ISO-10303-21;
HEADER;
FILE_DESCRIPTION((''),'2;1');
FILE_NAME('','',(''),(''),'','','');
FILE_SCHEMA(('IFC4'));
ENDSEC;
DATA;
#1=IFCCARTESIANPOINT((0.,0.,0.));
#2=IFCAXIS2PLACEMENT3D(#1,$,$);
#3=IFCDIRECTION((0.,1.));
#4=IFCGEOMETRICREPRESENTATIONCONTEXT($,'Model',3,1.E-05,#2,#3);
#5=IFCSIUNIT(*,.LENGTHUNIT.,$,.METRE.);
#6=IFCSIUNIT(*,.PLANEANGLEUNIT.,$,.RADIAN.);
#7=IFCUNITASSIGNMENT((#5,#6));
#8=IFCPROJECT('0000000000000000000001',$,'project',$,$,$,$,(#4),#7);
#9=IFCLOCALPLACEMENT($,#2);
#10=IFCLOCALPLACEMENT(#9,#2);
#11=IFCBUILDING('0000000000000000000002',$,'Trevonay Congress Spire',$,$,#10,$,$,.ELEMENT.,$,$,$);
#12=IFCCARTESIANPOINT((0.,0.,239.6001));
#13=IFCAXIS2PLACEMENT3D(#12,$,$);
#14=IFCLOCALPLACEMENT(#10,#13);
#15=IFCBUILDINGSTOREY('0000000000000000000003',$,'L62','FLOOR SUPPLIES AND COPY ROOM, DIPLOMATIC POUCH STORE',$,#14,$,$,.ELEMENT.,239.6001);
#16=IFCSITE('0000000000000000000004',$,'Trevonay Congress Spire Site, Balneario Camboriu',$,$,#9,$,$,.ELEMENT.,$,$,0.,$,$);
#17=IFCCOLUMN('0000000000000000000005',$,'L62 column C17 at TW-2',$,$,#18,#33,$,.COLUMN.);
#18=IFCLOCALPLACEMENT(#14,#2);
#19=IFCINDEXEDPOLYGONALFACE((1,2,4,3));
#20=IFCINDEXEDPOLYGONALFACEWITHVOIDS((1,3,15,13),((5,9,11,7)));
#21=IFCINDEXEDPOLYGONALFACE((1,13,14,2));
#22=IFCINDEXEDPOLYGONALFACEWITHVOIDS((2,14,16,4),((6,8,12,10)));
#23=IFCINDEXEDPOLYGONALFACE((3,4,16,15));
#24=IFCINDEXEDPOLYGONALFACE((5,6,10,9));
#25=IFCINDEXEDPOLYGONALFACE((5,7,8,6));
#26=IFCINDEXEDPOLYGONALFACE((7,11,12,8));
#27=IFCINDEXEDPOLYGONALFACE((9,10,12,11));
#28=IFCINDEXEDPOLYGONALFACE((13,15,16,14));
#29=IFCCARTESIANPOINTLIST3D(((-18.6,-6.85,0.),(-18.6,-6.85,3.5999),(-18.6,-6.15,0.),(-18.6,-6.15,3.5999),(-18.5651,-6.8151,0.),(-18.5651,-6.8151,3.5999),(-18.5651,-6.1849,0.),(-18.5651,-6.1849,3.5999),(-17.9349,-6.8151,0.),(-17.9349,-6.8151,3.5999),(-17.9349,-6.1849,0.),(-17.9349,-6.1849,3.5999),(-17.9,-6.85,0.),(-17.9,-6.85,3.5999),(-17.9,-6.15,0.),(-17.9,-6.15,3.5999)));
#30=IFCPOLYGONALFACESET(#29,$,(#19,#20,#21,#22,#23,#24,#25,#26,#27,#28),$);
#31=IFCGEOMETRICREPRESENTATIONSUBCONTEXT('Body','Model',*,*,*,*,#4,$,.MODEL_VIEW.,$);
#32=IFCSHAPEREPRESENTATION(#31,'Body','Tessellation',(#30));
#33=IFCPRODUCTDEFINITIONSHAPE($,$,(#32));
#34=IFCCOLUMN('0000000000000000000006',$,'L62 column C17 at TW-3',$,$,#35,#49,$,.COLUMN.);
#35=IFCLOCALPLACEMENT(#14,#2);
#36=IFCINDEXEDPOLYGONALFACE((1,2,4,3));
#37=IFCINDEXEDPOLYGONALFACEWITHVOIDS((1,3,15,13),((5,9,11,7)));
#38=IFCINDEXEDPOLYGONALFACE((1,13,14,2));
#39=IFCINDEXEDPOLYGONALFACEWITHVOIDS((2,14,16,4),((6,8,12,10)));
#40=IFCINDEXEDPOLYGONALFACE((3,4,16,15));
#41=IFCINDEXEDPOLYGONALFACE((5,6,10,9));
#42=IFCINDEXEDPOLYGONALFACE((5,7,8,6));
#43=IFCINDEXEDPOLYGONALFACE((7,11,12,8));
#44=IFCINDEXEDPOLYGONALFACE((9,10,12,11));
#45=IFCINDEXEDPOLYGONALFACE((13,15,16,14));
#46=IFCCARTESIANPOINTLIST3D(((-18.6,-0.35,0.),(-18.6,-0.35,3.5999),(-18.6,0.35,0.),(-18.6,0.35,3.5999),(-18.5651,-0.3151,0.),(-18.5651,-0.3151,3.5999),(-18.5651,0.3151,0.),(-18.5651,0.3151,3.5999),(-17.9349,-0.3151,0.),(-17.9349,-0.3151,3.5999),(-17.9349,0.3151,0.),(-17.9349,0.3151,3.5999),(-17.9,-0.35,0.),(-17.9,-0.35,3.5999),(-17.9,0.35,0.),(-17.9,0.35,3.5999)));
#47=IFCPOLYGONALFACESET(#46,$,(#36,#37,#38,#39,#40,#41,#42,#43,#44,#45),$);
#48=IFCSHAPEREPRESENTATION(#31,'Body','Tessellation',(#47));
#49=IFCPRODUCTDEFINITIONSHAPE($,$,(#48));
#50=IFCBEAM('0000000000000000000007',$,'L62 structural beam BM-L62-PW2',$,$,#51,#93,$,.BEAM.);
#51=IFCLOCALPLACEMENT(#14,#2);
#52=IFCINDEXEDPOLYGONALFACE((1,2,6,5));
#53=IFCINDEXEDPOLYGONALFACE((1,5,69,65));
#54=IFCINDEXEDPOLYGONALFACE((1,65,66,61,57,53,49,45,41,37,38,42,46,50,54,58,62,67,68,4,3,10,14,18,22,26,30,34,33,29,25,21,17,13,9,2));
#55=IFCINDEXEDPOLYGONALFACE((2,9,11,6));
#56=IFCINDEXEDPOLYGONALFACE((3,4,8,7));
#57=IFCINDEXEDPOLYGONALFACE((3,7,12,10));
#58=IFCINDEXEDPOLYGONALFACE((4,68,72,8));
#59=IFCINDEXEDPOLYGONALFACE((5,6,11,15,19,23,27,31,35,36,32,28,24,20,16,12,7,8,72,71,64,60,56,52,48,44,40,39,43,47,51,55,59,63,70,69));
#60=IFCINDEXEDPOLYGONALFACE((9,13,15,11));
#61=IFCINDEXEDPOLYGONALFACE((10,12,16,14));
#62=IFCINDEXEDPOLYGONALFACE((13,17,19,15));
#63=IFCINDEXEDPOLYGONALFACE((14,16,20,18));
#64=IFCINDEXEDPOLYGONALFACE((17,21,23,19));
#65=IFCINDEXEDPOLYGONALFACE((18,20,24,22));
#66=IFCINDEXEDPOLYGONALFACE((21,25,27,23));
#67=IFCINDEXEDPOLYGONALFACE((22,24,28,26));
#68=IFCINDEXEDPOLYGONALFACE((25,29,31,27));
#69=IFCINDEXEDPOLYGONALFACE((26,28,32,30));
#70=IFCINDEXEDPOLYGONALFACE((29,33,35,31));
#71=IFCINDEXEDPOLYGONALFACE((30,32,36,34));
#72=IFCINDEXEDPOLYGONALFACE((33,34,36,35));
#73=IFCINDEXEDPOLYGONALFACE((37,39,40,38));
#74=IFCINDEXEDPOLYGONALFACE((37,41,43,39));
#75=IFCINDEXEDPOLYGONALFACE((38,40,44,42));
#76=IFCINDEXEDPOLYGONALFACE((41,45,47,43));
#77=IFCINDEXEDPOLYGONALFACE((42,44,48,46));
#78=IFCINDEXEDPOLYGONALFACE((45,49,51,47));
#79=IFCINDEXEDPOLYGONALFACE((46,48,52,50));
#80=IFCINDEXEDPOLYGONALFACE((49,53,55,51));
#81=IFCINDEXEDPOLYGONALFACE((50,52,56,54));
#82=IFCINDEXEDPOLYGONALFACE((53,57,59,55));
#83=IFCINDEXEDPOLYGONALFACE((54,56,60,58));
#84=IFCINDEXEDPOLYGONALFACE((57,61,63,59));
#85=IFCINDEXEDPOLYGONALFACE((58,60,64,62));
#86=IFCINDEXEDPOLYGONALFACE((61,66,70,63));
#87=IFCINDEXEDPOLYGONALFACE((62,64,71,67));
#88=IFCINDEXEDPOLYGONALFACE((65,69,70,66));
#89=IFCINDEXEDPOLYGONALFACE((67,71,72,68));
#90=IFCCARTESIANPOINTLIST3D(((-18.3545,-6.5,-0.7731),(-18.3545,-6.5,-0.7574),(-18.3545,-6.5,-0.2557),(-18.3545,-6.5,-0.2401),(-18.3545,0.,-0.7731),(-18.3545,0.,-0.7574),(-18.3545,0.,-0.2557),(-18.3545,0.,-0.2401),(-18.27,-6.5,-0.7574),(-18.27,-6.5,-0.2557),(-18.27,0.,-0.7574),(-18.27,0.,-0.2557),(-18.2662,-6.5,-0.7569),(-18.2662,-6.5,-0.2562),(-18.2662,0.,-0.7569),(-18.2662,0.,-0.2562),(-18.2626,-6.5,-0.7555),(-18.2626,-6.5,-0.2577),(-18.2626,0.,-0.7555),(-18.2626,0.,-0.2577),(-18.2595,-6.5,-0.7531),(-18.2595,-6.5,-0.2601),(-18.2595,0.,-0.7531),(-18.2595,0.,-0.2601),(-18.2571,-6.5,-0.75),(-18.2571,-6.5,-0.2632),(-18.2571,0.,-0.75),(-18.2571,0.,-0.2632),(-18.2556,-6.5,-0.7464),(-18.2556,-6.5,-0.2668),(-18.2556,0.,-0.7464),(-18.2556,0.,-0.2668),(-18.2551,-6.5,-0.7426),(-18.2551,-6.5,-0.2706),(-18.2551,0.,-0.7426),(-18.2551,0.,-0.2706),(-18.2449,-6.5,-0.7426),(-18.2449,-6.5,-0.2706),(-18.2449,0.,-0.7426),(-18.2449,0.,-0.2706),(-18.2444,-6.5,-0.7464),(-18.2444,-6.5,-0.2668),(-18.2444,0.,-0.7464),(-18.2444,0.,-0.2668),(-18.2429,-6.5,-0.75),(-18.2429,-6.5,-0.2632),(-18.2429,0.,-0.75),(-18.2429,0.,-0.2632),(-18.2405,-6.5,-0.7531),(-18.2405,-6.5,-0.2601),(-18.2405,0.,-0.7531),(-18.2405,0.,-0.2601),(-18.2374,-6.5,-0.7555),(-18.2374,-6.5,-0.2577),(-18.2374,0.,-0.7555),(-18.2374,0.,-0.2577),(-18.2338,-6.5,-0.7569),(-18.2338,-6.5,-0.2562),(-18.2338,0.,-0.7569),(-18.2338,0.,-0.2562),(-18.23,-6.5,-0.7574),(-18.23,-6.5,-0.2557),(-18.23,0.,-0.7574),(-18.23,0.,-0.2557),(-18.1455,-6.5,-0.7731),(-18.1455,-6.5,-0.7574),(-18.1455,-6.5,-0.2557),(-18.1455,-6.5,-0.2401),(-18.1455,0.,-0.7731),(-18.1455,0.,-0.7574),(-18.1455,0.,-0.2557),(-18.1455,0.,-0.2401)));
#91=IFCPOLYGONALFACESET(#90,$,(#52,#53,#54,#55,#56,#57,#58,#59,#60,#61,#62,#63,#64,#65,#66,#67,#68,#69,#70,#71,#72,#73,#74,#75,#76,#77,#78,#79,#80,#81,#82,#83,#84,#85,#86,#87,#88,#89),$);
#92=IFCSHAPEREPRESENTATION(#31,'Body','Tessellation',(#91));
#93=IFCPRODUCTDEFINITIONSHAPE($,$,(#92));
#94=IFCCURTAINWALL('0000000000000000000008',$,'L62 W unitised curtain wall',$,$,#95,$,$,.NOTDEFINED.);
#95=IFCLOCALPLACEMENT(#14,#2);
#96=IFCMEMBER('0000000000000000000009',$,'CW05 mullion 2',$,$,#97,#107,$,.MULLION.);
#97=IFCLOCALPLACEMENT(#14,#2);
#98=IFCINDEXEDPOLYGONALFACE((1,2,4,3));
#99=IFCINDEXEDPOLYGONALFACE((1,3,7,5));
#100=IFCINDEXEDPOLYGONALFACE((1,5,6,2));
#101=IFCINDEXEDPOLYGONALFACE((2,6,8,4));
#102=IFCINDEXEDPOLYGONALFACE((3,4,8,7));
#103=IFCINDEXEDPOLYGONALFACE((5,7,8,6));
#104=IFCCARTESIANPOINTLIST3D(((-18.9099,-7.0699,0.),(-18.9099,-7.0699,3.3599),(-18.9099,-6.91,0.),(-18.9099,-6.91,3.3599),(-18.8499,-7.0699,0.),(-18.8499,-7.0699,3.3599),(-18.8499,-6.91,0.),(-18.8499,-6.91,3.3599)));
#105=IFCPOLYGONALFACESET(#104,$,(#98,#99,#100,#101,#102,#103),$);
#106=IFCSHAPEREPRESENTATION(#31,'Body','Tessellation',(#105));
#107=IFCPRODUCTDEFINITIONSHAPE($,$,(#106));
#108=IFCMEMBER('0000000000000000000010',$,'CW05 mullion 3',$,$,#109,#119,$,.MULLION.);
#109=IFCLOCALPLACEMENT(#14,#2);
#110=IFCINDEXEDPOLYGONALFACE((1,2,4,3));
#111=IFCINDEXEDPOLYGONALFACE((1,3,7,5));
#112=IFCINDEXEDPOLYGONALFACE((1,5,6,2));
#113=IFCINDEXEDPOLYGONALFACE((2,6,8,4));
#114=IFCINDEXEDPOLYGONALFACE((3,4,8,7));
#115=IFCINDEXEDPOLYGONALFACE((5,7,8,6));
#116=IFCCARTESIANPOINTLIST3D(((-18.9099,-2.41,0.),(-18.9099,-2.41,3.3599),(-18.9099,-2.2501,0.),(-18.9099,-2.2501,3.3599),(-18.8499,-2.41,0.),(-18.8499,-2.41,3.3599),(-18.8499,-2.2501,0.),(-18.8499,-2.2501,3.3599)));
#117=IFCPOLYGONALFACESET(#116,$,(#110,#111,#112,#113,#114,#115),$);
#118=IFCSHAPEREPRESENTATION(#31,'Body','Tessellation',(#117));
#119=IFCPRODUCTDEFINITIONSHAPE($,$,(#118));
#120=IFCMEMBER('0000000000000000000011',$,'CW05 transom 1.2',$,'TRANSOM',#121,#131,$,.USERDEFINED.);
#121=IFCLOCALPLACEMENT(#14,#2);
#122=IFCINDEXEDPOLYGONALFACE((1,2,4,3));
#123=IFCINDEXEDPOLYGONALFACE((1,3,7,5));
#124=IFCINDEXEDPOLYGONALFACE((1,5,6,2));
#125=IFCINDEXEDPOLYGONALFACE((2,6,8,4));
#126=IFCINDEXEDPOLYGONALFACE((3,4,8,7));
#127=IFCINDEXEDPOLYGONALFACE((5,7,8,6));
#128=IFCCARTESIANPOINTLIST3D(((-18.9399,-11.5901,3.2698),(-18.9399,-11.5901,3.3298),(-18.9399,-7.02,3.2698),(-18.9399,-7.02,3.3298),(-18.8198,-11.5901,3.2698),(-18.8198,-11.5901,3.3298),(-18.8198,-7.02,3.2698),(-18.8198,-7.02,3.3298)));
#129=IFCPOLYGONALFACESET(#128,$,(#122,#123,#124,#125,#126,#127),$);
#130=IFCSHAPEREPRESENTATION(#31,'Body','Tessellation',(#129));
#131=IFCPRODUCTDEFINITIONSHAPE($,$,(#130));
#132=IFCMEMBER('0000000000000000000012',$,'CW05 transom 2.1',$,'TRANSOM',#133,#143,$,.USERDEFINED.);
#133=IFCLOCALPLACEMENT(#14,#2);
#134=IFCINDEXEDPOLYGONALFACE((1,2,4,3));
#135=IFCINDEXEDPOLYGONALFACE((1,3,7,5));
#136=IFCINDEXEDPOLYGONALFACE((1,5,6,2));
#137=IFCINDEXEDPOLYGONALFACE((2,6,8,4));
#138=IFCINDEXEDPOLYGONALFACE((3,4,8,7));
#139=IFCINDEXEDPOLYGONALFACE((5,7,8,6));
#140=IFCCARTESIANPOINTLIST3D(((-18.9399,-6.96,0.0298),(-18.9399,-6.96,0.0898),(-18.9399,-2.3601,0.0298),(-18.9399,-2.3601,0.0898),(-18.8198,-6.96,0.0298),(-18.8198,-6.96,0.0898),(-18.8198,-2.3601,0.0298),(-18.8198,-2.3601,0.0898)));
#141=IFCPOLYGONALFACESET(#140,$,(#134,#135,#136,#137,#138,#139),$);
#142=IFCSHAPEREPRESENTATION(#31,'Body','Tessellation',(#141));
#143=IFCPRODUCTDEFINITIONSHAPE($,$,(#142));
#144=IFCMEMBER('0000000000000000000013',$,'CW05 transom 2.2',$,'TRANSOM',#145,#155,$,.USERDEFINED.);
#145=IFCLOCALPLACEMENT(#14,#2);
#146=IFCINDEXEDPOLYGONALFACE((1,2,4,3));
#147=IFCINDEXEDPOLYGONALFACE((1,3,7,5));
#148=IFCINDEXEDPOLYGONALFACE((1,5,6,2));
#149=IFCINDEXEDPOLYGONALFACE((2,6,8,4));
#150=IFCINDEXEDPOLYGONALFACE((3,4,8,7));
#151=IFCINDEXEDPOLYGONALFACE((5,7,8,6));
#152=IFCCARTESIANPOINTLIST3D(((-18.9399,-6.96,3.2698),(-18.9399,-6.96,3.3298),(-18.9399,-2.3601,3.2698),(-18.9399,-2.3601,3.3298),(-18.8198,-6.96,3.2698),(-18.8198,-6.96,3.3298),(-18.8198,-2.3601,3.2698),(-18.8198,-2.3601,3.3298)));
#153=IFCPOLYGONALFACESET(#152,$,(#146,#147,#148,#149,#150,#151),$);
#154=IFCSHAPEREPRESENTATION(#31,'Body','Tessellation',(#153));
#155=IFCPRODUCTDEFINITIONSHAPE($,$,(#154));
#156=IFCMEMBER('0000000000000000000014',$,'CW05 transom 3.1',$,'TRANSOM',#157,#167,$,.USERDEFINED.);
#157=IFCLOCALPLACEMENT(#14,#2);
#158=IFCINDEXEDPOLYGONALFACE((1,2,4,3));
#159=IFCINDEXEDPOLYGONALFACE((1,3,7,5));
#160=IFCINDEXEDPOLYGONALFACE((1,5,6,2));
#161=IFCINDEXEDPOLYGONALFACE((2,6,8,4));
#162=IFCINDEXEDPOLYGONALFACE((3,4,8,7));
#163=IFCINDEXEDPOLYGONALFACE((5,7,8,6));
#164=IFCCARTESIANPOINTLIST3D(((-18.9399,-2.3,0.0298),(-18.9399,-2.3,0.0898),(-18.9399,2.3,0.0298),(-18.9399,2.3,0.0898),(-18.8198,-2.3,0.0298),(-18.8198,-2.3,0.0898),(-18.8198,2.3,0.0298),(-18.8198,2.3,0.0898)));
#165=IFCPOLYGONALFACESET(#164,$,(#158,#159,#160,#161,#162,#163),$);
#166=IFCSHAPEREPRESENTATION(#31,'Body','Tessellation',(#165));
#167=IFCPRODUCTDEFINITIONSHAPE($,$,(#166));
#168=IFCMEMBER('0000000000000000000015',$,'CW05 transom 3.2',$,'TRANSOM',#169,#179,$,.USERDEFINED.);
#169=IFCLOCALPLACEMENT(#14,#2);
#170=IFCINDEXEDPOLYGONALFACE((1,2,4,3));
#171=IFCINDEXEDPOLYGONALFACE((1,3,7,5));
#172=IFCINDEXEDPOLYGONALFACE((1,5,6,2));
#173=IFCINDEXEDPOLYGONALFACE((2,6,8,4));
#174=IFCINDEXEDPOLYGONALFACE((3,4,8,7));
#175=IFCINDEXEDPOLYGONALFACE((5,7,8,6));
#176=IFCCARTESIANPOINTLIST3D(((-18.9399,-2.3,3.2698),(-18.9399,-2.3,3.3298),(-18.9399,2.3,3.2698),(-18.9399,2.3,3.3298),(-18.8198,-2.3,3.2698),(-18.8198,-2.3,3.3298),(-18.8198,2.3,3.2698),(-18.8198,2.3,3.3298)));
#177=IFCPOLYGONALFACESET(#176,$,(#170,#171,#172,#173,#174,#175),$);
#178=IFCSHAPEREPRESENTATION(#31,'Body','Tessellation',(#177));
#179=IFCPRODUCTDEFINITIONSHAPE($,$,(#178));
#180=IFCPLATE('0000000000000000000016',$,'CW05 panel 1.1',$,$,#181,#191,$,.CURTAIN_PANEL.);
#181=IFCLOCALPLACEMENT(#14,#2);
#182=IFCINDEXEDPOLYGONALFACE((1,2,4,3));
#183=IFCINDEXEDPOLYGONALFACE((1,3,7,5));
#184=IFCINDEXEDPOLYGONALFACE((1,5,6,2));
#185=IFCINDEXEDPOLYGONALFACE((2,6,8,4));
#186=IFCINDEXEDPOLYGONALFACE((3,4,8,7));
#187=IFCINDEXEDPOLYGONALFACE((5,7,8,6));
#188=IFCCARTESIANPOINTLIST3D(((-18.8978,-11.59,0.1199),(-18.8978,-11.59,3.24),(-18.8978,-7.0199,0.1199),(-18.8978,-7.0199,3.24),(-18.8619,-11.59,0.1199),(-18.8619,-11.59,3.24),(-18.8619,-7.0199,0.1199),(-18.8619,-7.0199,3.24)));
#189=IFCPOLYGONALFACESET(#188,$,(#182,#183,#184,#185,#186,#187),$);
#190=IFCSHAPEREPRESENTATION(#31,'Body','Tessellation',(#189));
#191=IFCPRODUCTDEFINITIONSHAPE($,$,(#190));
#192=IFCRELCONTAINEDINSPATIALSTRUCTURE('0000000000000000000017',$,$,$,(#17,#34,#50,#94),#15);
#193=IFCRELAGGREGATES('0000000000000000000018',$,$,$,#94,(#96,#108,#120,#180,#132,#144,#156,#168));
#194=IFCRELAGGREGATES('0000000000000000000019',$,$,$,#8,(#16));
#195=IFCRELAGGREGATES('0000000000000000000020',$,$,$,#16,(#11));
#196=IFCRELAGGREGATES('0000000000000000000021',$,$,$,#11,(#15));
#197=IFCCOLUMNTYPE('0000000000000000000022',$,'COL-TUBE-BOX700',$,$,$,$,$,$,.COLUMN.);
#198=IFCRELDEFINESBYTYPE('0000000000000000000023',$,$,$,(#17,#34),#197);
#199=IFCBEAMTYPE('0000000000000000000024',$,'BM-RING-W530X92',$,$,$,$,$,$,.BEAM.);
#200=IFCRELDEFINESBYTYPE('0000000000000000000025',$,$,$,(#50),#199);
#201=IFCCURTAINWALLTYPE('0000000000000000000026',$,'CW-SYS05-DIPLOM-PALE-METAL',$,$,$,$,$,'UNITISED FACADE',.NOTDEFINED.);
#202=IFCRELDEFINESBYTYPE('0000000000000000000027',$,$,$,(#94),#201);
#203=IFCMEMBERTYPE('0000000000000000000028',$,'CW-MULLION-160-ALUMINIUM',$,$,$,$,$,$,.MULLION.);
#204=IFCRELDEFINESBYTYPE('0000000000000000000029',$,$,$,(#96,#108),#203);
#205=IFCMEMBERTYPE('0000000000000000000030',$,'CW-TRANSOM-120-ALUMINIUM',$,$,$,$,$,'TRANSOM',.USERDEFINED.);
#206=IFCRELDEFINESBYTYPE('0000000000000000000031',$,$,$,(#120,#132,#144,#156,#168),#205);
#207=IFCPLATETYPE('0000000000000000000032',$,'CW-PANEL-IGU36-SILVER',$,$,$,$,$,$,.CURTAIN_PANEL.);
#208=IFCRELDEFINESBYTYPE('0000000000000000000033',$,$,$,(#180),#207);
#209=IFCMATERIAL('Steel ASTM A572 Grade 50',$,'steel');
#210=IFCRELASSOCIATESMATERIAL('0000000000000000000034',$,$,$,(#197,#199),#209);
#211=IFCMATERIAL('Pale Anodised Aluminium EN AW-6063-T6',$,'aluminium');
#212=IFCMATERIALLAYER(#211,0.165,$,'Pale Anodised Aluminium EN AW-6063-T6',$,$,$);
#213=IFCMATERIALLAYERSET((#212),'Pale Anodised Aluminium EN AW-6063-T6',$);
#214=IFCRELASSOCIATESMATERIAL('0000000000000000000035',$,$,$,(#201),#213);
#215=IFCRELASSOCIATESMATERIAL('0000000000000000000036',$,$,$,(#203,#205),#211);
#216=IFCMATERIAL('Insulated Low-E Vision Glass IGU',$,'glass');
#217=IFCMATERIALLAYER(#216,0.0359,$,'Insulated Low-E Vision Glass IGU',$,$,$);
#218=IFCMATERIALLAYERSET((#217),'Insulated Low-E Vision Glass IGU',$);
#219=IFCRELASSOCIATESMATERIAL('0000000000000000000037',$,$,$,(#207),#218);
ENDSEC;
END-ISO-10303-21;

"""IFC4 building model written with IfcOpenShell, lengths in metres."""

from ifc_helpers import new_model, si_unit, direction, frame, origin, origin_2d, place, context, subcontext, project, spatial, rectangle, hollow_rectangle, i_section, extrude, material, layer, layer_set, material_profile, profile_set, type_object, element, aggregate, save


model = new_model("IFC4")

# Units and contexts
model_context = context("Model", 3, precision=1e-05, world=origin(), true_north=direction((0.0, 1.0)))
body_context = subcontext(model_context, "Body", "Model", "MODEL_VIEW")
ifc_project = project(units=[si_unit("LENGTHUNIT", "METRE"), si_unit("PLANEANGLEUNIT", "RADIAN")], contexts=[model_context])

# Site, building, storey
site_placement = place(None, origin())
site = spatial("IfcSite", under=ifc_project, at=site_placement, Name="Trevonay Congress Spire Site, Balneario Camboriu", CompositionType="ELEMENT", RefElevation=0.0)
building_placement = place(site_placement, origin())
building = spatial("IfcBuilding", under=site, at=building_placement, Name="Trevonay Congress Spire", CompositionType="ELEMENT")
storey_placement = place(building_placement, frame((0.0, 0.0, 239.6001)))
storey = spatial("IfcBuildingStorey", under=building, at=storey_placement, Name="L62", Description="FLOOR SUPPLIES AND COPY ROOM, DIPLOMATIC POUCH STORE", CompositionType="ELEMENT", Elevation=239.6001)

# Columns
ifc_material_1 = material(Name="Steel ASTM A572 Grade 50", Category="steel")
ifc_material_profile_1 = material_profile(ifc_material_1, hollow_rectangle(XDim=0.7, YDim=0.7, WallThickness=0.0349, at=origin_2d()), Name="BOX 700x700x35")
ifc_profile_set_1 = profile_set([ifc_material_profile_1], Name="Steel ASTM A572 Grade 50")
column_type = type_object("IfcColumnType", Name="COL-TUBE-BOX700", PredefinedType="COLUMN", material=ifc_profile_set_1)
for number, where, z_axis, x_axis, name in (
    (1, (-18.25, -6.5, 0.0), (0.0, 0.0, 1.0), (1.0, 0.0, 0.0), "L62 column C17 at TW-2"),
    (2, (-18.25, 0.0, 0.0), (0.0, 0.0, 1.0), (1.0, 0.0, 0.0), "L62 column C17 at TW-3"),
):
    element("IfcColumn", number, at=place(storey_placement, frame(where, z_axis=z_axis, x_axis=x_axis)), inside=storey, type_object=column_type, Name=name, PredefinedType="COLUMN", context=body_context, shape_type="SweptSolid", body=[
        extrude(hollow_rectangle(XDim=0.7, YDim=0.7, WallThickness=0.0349, at=origin_2d()), origin(), (0.0, 0.0, 1.0), 3.5999),
    ])

# Beam
ifc_material_profile_2 = material_profile(ifc_material_1, i_section(OverallWidth=0.209, OverallDepth=0.533, WebThickness=0.0103, FlangeThickness=0.0156, FilletRadius=0.0149, at=origin_2d()), Name="W530x92")
ifc_profile_set_2 = profile_set([ifc_material_profile_2], Name="Steel ASTM A572 Grade 50")
beam_type = type_object("IfcBeamType", Name="BM-RING-W530X92", PredefinedType="BEAM", material=ifc_profile_set_2)
beam_placement = place(storey_placement, frame((-18.25, -6.5, -0.5066), z_axis=(0.0, 1.0, 0.0), x_axis=(-1.0, 0.0, 0.0)))
element("IfcBeam", 3, at=beam_placement, inside=storey, type_object=beam_type, Name="L62 structural beam BM-L62-PW2", PredefinedType="BEAM", context=body_context, shape_type="SweptSolid", body=[
    extrude(i_section(OverallWidth=0.209, OverallDepth=0.533, WebThickness=0.0103, FlangeThickness=0.0156, FilletRadius=0.0149, at=origin_2d()), origin(), (0.0, 0.0, 1.0), 6.5),
])

# Curtain wall, members, plate
ifc_material_2 = material(Name="Pale Anodised Aluminium EN AW-6063-T6", Category="aluminium")
ifc_layer_1 = layer(ifc_material_2, 0.165, Name="Pale Anodised Aluminium EN AW-6063-T6")
ifc_layer_set_1 = layer_set([ifc_layer_1], Name="Pale Anodised Aluminium EN AW-6063-T6")
curtain_wall_type = type_object("IfcCurtainWallType", Name="CW-SYS05-DIPLOM-PALE-METAL", ElementType="UNITISED FACADE", PredefinedType="NOTDEFINED", material=ifc_layer_set_1)
curtain_wall_placement = place(storey_placement, origin())
curtain_wall = element("IfcCurtainWall", 4, at=curtain_wall_placement, inside=storey, type_object=curtain_wall_type, Name="L62 W unitised curtain wall", PredefinedType="NOTDEFINED")
ifc_material_profile_3 = material_profile(ifc_material_2, rectangle(XDim=0.0601, YDim=0.1599, at=origin_2d()), Name="CW-MULLION-160-ALUMINIUM")
ifc_profile_set_3 = profile_set([ifc_material_profile_3], Name="Pale Anodised Aluminium EN AW-6063-T6")
member_type_1 = type_object("IfcMemberType", Name="CW-MULLION-160-ALUMINIUM", PredefinedType="MULLION", material=ifc_profile_set_3)
member_1_placement = place(storey_placement, frame((-18.8799, -6.99, 0.0), z_axis=(0.0, 0.0, 1.0), x_axis=(-1.0, 0.0, 0.0)))
member_1 = element("IfcMember", 5, at=member_1_placement, type_object=member_type_1, Name="CW05 mullion 2", PredefinedType="MULLION", context=body_context, shape_type="SweptSolid", body=[
    extrude(rectangle(XDim=0.0601, YDim=0.1599, at=origin_2d()), origin(), (0.0, 0.0, 1.0), 3.3599),
])
member_2_placement = place(storey_placement, frame((-18.8799, -2.3301, 0.0), z_axis=(0.0, 0.0, 1.0), x_axis=(-1.0, 0.0, 0.0)))
member_2 = element("IfcMember", 6, at=member_2_placement, type_object=member_type_1, Name="CW05 mullion 3", PredefinedType="MULLION", context=body_context, shape_type="SweptSolid", body=[
    extrude(rectangle(XDim=0.0601, YDim=0.1599, at=origin_2d()), origin(), (0.0, 0.0, 1.0), 3.3599),
])
ifc_material_profile_4 = material_profile(ifc_material_2, rectangle(XDim=0.1201, YDim=0.0601, at=origin_2d()), Name="CW-TRANSOM-120-ALUMINIUM")
ifc_profile_set_4 = profile_set([ifc_material_profile_4], Name="Pale Anodised Aluminium EN AW-6063-T6")
member_type_2 = type_object("IfcMemberType", Name="CW-TRANSOM-120-ALUMINIUM", ElementType="TRANSOM", PredefinedType="USERDEFINED", material=ifc_profile_set_4)
member_3_placement = place(storey_placement, frame((-18.8799, -11.5901, 3.2998), z_axis=(0.0, 1.0, 0.0), x_axis=(-1.0, 0.0, 0.0)))
member_3 = element("IfcMember", 7, at=member_3_placement, type_object=member_type_2, Name="CW05 transom 1.2", ObjectType="TRANSOM", PredefinedType="USERDEFINED", context=body_context, shape_type="SweptSolid", body=[
    extrude(rectangle(XDim=0.1201, YDim=0.0601, at=origin_2d()), origin(), (0.0, 0.0, 1.0), 4.5701),
])
member_4_placement = place(storey_placement, frame((-18.8799, -6.96, 0.0598), z_axis=(0.0, 1.0, 0.0), x_axis=(-1.0, 0.0, 0.0)))
member_4 = element("IfcMember", 8, at=member_4_placement, type_object=member_type_2, Name="CW05 transom 2.1", ObjectType="TRANSOM", PredefinedType="USERDEFINED", context=body_context, shape_type="SweptSolid", body=[
    extrude(rectangle(XDim=0.1201, YDim=0.0601, at=origin_2d()), origin(), (0.0, 0.0, 1.0), 4.5999),
])
member_5_placement = place(storey_placement, frame((-18.8799, -6.96, 3.2998), z_axis=(0.0, 1.0, 0.0), x_axis=(-1.0, 0.0, 0.0)))
member_5 = element("IfcMember", 9, at=member_5_placement, type_object=member_type_2, Name="CW05 transom 2.2", ObjectType="TRANSOM", PredefinedType="USERDEFINED", context=body_context, shape_type="SweptSolid", body=[
    extrude(rectangle(XDim=0.1201, YDim=0.0601, at=origin_2d()), origin(), (0.0, 0.0, 1.0), 4.5999),
])
member_6_placement = place(storey_placement, frame((-18.8799, -2.3, 0.0598), z_axis=(0.0, 1.0, 0.0), x_axis=(-1.0, 0.0, 0.0)))
member_6 = element("IfcMember", 10, at=member_6_placement, type_object=member_type_2, Name="CW05 transom 3.1", ObjectType="TRANSOM", PredefinedType="USERDEFINED", context=body_context, shape_type="SweptSolid", body=[
    extrude(rectangle(XDim=0.1201, YDim=0.0601, at=origin_2d()), origin(), (0.0, 0.0, 1.0), 4.6001),
])
member_7_placement = place(storey_placement, frame((-18.8799, -2.3, 3.2998), z_axis=(0.0, 1.0, 0.0), x_axis=(-1.0, 0.0, 0.0)))
member_7 = element("IfcMember", 11, at=member_7_placement, type_object=member_type_2, Name="CW05 transom 3.2", ObjectType="TRANSOM", PredefinedType="USERDEFINED", context=body_context, shape_type="SweptSolid", body=[
    extrude(rectangle(XDim=0.1201, YDim=0.0601, at=origin_2d()), origin(), (0.0, 0.0, 1.0), 4.6001),
])
ifc_material_3 = material(Name="Insulated Low-E Vision Glass IGU", Category="glass")
ifc_layer_2 = layer(ifc_material_3, 0.0359, Name="Insulated Low-E Vision Glass IGU")
ifc_layer_set_2 = layer_set([ifc_layer_2], Name="Insulated Low-E Vision Glass IGU")
plate_type = type_object("IfcPlateType", Name="CW-PANEL-IGU36-SILVER", PredefinedType="CURTAIN_PANEL", material=ifc_layer_set_2)
plate_1_placement = place(storey_placement, frame((-18.8799, -9.3049, 0.1199), z_axis=(0.0, 0.0, 1.0), x_axis=(0.0, 1.0, 0.0)))
plate_1 = element("IfcPlate", 12, at=plate_1_placement, type_object=plate_type, Name="CW05 panel 1.1", PredefinedType="CURTAIN_PANEL", context=body_context, shape_type="SweptSolid", body=[
    extrude(rectangle(XDim=4.5701, YDim=0.0359, at=origin_2d()), origin(), (0.0, 0.0, 1.0), 3.1201),
])
aggregate(curtain_wall, [member_1, member_2, member_3, plate_1, member_4, member_5, member_6, member_7])

save(model, "model.ifc")
